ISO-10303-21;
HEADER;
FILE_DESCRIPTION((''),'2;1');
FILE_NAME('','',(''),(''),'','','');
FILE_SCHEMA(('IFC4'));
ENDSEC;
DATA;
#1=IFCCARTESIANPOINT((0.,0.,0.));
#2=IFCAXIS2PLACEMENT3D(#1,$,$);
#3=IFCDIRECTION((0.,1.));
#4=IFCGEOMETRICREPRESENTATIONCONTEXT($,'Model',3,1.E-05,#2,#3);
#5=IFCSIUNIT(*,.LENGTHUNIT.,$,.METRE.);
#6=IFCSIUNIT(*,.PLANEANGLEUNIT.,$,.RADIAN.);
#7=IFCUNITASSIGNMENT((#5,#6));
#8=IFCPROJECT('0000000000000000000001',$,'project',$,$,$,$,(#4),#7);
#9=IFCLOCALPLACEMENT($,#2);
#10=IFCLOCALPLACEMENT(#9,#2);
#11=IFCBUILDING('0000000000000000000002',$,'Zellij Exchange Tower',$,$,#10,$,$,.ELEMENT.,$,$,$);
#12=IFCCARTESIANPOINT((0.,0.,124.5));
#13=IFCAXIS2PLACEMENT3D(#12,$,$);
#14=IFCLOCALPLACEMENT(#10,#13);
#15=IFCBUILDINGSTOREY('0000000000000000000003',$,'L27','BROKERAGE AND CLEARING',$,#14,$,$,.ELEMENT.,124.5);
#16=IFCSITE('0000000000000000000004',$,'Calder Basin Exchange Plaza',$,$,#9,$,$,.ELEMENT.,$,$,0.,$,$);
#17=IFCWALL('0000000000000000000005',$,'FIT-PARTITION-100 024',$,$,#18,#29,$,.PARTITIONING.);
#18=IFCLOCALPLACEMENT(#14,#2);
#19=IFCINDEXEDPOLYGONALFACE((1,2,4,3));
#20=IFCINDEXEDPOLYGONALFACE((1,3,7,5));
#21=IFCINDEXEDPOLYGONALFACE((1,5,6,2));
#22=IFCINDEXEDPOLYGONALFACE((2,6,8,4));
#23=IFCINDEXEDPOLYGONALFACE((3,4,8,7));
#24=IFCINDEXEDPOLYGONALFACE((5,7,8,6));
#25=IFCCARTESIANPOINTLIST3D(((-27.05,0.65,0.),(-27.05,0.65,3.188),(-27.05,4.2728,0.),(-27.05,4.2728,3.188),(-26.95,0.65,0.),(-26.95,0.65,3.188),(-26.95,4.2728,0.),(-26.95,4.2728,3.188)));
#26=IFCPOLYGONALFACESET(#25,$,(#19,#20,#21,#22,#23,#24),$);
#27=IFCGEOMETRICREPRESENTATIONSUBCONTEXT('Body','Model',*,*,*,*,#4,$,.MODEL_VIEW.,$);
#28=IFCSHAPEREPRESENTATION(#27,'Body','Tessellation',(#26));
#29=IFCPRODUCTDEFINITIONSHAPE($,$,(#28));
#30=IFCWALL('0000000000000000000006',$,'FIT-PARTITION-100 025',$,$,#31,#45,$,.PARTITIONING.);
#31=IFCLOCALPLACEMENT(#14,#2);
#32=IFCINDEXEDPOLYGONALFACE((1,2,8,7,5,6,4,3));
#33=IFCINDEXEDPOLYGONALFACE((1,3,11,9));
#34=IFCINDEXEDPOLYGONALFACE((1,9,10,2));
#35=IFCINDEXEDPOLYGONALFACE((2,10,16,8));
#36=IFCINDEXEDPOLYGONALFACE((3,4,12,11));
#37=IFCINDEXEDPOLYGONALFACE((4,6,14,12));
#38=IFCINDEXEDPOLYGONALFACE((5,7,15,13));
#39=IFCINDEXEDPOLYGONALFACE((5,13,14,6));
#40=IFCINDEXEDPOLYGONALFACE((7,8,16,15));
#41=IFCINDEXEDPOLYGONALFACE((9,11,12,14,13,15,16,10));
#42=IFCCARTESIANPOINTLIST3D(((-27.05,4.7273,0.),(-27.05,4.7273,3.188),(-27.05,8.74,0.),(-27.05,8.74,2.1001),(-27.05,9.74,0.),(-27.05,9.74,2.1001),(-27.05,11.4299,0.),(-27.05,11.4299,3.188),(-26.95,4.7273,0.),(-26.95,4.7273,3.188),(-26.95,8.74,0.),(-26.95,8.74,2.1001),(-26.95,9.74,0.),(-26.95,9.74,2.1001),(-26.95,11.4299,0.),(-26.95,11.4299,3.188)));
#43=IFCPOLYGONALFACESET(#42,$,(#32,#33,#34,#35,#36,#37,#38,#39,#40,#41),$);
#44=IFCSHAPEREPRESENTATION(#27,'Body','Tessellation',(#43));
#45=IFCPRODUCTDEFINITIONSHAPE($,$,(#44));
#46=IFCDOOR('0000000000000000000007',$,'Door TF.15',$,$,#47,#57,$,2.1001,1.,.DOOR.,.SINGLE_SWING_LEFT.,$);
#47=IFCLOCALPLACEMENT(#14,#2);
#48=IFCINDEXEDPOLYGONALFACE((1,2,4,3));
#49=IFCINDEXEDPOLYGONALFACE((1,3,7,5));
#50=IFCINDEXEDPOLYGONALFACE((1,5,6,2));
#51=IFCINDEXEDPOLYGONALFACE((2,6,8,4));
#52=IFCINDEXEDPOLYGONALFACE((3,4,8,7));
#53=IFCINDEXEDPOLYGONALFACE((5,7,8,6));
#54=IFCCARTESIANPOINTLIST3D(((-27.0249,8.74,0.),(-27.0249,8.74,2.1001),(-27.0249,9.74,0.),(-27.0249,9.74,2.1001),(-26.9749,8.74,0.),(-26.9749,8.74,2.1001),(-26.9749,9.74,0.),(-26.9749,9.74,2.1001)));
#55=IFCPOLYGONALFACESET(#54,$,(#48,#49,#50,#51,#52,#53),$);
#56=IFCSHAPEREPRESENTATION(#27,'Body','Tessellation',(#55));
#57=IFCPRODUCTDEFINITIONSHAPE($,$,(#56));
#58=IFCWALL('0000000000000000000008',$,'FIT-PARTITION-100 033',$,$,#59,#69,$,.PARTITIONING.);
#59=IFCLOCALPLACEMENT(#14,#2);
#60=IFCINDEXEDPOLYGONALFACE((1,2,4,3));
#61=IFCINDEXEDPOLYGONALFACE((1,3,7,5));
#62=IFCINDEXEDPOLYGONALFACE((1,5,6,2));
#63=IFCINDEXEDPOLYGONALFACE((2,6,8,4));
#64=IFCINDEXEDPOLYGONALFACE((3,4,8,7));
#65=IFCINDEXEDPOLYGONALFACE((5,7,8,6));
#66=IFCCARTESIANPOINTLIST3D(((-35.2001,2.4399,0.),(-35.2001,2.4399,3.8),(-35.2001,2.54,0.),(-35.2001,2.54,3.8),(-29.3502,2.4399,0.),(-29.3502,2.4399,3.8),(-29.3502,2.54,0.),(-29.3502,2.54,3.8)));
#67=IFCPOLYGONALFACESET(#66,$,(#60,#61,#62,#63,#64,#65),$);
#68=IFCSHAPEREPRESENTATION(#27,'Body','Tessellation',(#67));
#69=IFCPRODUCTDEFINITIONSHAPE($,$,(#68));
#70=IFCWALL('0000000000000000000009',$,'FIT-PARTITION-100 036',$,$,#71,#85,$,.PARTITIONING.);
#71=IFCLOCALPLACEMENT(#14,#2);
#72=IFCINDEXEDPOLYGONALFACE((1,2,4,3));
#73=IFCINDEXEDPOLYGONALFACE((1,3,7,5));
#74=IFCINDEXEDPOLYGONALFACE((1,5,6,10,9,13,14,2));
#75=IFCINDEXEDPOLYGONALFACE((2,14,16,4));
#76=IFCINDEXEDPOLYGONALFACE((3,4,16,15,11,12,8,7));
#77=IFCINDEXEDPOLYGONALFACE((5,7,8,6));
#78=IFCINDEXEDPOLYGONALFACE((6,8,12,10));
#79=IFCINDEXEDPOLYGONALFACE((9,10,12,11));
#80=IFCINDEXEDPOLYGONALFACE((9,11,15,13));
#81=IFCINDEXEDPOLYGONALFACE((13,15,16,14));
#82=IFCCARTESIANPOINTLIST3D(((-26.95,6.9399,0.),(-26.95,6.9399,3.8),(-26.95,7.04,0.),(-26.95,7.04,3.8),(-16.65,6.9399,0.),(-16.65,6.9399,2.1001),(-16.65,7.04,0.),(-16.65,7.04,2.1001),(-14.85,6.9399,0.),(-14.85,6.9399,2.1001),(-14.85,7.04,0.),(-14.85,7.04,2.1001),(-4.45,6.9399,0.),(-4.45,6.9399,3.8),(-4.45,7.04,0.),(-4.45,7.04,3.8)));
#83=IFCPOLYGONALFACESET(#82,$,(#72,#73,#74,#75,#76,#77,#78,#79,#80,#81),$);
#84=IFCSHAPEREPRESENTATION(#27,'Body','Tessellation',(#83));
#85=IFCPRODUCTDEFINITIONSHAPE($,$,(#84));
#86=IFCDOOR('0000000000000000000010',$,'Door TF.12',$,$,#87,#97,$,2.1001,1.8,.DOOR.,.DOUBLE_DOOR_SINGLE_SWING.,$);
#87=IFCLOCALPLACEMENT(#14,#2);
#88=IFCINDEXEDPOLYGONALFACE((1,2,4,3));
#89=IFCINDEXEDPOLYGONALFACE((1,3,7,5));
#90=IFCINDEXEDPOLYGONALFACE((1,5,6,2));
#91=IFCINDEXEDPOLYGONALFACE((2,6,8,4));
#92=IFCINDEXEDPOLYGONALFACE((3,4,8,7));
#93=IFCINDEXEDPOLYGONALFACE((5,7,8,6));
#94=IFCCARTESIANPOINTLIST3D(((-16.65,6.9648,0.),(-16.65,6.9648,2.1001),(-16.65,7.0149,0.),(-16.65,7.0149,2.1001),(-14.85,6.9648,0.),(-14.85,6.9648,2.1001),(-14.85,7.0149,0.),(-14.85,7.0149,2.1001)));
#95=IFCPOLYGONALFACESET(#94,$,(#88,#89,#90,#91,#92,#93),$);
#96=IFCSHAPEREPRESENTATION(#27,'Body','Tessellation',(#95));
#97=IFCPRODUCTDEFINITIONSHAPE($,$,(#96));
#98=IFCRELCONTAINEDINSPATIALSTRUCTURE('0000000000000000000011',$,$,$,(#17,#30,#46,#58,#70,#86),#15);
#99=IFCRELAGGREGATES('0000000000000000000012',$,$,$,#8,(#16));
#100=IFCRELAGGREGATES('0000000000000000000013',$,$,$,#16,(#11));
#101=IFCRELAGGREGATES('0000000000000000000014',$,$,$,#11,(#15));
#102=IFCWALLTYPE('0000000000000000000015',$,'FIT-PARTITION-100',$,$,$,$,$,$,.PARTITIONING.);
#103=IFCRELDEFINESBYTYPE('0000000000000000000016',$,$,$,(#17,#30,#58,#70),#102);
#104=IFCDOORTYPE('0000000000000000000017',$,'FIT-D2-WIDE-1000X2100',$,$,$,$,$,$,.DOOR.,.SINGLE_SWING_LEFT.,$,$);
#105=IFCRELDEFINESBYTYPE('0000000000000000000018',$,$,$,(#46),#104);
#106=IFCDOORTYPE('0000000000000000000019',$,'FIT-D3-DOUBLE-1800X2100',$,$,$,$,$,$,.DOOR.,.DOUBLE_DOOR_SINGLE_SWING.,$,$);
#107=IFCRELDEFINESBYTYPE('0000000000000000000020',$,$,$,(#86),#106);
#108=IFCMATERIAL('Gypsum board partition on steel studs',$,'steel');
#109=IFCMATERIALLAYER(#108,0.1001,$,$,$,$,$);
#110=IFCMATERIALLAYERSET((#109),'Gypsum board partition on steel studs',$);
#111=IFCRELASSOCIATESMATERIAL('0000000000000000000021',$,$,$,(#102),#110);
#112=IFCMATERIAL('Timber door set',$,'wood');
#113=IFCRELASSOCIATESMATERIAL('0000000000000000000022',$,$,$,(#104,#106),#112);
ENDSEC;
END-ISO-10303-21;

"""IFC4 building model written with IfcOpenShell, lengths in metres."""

from ifc_helpers import new_model, si_unit, direction, frame, frame_2d, origin, place, context, subcontext, project, spatial, rectangle, extrude, material, layer, layer_set, type_object, element, fill, save


model = new_model("IFC4")

# Units and contexts
model_context = context("Model", 3, precision=1e-05, world=origin(), true_north=direction((0.0, 1.0)))
body_context = subcontext(model_context, "Body", "Model", "MODEL_VIEW")
ifc_project = project(units=[si_unit("LENGTHUNIT", "METRE"), si_unit("PLANEANGLEUNIT", "RADIAN")], contexts=[model_context])

# Site, building, storey
site_placement = place(None, origin())
site = spatial("IfcSite", under=ifc_project, at=site_placement, Name="Calder Basin Exchange Plaza", CompositionType="ELEMENT", RefElevation=0.0)
building_placement = place(site_placement, origin())
building = spatial("IfcBuilding", under=site, at=building_placement, Name="Zellij Exchange Tower", CompositionType="ELEMENT")
storey_placement = place(building_placement, frame((0.0, 0.0, 124.5)))
storey = spatial("IfcBuildingStorey", under=building, at=storey_placement, Name="L27", Description="BROKERAGE AND CLEARING", CompositionType="ELEMENT", Elevation=124.5)

# Wall
ifc_material_1 = material(Name="Gypsum board partition on steel studs", Category="steel")
ifc_layer_1 = layer(ifc_material_1, 0.1001)
ifc_layer_set_1 = layer_set([ifc_layer_1], Name="Gypsum board partition on steel studs")
wall_type_1 = type_object("IfcWallType", Name="FIT-PARTITION-100", PredefinedType="PARTITIONING", material=ifc_layer_set_1)
wall_1_placement = place(storey_placement, frame((-27.0, 0.6499, 0.0), z_axis=(0.0, 0.0, 1.0), x_axis=(0.0, 1.0, 0.0)))
element("IfcWall", 1, at=wall_1_placement, inside=storey, type_object=wall_type_1, Name="FIT-PARTITION-100 024", PredefinedType="PARTITIONING", context=body_context, shape_type="SweptSolid", body=[
    extrude(rectangle(XDim=3.6228, YDim=0.1001, at=frame_2d((1.8115, 0.0))), origin(), (0.0, 0.0, 1.0), 3.188),
])

# Wall, opening, door
wall_2_placement = place(storey_placement, frame((-27.0, 4.7273, 0.0), z_axis=(0.0, 0.0, 1.0), x_axis=(0.0, 1.0, 0.0)))
wall_2 = element("IfcWall", 2, at=wall_2_placement, inside=storey, type_object=wall_type_1, Name="FIT-PARTITION-100 025", PredefinedType="PARTITIONING", context=body_context, shape_type="SweptSolid", body=[
    extrude(rectangle(XDim=6.7026, YDim=0.1001, at=frame_2d((3.3513, 0.0))), origin(), (0.0, 0.0, 1.0), 3.188),
])
opening_1_placement = place(wall_2_placement, frame((4.0127, 0.0, 0.0)))
opening_1 = element("IfcOpeningElement", 3, at=opening_1_placement, cuts=wall_2, PredefinedType="OPENING", context=body_context, shape_type="SweptSolid", body=[
    extrude(rectangle(XDim=1.0, YDim=2.1001, at=frame_2d((0.5, 1.05))), frame((0.0, 0.062, 0.0), z_axis=(0.0, -1.0, 0.0), x_axis=(1.0, 0.0, 0.0)), (0.0, 0.0, 1.0), 0.124),
])
ifc_material_2 = material(Name="Timber door set", Category="wood")
door_type_1 = type_object("IfcDoorType", Name="FIT-D2-WIDE-1000X2100", OperationType="SINGLE_SWING_LEFT", PredefinedType="DOOR", material=ifc_material_2)
door_1_placement = place(opening_1_placement, origin())
door_1 = element("IfcDoor", 4, at=door_1_placement, inside=storey, type_object=door_type_1, Name="Door TF.15", OperationType="SINGLE_SWING_LEFT", OverallHeight=2.1001, OverallWidth=1.0, PredefinedType="DOOR", context=body_context, shape_type="SweptSolid", body=[
    extrude(rectangle(XDim=1.0, YDim=2.1001, at=frame_2d((0.5, 1.05))), frame((0.0, 0.0249, 0.0), z_axis=(0.0, -1.0, 0.0), x_axis=(1.0, 0.0, 0.0)), (0.0, 0.0, 1.0), 0.05),
])
fill(opening_1, door_1)

# Wall
wall_3_placement = place(storey_placement, frame((-35.2, 2.49, 0.0), z_axis=(0.0, 0.0, 1.0), x_axis=(1.0, 0.0, 0.0)))
element("IfcWall", 5, at=wall_3_placement, inside=storey, type_object=wall_type_1, Name="FIT-PARTITION-100 033", PredefinedType="PARTITIONING", context=body_context, shape_type="SweptSolid", body=[
    extrude(rectangle(XDim=5.8499, YDim=0.1001, at=frame_2d((2.9248, 0.0))), origin(), (0.0, 0.0, 1.0), 3.8),
])

# Wall, opening, door
wall_4_placement = place(storey_placement, frame((-26.95, 6.99, 0.0), z_axis=(0.0, 0.0, 1.0), x_axis=(1.0, 0.0, 0.0)))
wall_4 = element("IfcWall", 6, at=wall_4_placement, inside=storey, type_object=wall_type_1, Name="FIT-PARTITION-100 036", PredefinedType="PARTITIONING", context=body_context, shape_type="SweptSolid", body=[
    extrude(rectangle(XDim=22.5, YDim=0.1001, at=frame_2d((11.25, 0.0))), origin(), (0.0, 0.0, 1.0), 3.8),
])
opening_2_placement = place(wall_4_placement, frame((10.3, 0.0, 0.0)))
opening_2 = element("IfcOpeningElement", 7, at=opening_2_placement, cuts=wall_4, PredefinedType="OPENING", context=body_context, shape_type="SweptSolid", body=[
    extrude(rectangle(XDim=1.8, YDim=2.1001, at=frame_2d((0.8999, 1.05))), frame((0.0, 0.062, 0.0), z_axis=(0.0, -1.0, 0.0), x_axis=(1.0, 0.0, 0.0)), (0.0, 0.0, 1.0), 0.124),
])
door_type_2 = type_object("IfcDoorType", Name="FIT-D3-DOUBLE-1800X2100", OperationType="DOUBLE_DOOR_SINGLE_SWING", PredefinedType="DOOR", material=ifc_material_2)
door_2_placement = place(opening_2_placement, origin())
door_2 = element("IfcDoor", 8, at=door_2_placement, inside=storey, type_object=door_type_2, Name="Door TF.12", OperationType="DOUBLE_DOOR_SINGLE_SWING", OverallHeight=2.1001, OverallWidth=1.8, PredefinedType="DOOR", context=body_context, shape_type="SweptSolid", body=[
    extrude(rectangle(XDim=1.8, YDim=2.1001, at=frame_2d((0.8999, 1.05))), frame((0.0, 0.0249, 0.0), z_axis=(0.0, -1.0, 0.0), x_axis=(1.0, 0.0, 0.0)), (0.0, 0.0, 1.0), 0.05),
])
fill(opening_2, door_2)

save(model, "model.ifc")
